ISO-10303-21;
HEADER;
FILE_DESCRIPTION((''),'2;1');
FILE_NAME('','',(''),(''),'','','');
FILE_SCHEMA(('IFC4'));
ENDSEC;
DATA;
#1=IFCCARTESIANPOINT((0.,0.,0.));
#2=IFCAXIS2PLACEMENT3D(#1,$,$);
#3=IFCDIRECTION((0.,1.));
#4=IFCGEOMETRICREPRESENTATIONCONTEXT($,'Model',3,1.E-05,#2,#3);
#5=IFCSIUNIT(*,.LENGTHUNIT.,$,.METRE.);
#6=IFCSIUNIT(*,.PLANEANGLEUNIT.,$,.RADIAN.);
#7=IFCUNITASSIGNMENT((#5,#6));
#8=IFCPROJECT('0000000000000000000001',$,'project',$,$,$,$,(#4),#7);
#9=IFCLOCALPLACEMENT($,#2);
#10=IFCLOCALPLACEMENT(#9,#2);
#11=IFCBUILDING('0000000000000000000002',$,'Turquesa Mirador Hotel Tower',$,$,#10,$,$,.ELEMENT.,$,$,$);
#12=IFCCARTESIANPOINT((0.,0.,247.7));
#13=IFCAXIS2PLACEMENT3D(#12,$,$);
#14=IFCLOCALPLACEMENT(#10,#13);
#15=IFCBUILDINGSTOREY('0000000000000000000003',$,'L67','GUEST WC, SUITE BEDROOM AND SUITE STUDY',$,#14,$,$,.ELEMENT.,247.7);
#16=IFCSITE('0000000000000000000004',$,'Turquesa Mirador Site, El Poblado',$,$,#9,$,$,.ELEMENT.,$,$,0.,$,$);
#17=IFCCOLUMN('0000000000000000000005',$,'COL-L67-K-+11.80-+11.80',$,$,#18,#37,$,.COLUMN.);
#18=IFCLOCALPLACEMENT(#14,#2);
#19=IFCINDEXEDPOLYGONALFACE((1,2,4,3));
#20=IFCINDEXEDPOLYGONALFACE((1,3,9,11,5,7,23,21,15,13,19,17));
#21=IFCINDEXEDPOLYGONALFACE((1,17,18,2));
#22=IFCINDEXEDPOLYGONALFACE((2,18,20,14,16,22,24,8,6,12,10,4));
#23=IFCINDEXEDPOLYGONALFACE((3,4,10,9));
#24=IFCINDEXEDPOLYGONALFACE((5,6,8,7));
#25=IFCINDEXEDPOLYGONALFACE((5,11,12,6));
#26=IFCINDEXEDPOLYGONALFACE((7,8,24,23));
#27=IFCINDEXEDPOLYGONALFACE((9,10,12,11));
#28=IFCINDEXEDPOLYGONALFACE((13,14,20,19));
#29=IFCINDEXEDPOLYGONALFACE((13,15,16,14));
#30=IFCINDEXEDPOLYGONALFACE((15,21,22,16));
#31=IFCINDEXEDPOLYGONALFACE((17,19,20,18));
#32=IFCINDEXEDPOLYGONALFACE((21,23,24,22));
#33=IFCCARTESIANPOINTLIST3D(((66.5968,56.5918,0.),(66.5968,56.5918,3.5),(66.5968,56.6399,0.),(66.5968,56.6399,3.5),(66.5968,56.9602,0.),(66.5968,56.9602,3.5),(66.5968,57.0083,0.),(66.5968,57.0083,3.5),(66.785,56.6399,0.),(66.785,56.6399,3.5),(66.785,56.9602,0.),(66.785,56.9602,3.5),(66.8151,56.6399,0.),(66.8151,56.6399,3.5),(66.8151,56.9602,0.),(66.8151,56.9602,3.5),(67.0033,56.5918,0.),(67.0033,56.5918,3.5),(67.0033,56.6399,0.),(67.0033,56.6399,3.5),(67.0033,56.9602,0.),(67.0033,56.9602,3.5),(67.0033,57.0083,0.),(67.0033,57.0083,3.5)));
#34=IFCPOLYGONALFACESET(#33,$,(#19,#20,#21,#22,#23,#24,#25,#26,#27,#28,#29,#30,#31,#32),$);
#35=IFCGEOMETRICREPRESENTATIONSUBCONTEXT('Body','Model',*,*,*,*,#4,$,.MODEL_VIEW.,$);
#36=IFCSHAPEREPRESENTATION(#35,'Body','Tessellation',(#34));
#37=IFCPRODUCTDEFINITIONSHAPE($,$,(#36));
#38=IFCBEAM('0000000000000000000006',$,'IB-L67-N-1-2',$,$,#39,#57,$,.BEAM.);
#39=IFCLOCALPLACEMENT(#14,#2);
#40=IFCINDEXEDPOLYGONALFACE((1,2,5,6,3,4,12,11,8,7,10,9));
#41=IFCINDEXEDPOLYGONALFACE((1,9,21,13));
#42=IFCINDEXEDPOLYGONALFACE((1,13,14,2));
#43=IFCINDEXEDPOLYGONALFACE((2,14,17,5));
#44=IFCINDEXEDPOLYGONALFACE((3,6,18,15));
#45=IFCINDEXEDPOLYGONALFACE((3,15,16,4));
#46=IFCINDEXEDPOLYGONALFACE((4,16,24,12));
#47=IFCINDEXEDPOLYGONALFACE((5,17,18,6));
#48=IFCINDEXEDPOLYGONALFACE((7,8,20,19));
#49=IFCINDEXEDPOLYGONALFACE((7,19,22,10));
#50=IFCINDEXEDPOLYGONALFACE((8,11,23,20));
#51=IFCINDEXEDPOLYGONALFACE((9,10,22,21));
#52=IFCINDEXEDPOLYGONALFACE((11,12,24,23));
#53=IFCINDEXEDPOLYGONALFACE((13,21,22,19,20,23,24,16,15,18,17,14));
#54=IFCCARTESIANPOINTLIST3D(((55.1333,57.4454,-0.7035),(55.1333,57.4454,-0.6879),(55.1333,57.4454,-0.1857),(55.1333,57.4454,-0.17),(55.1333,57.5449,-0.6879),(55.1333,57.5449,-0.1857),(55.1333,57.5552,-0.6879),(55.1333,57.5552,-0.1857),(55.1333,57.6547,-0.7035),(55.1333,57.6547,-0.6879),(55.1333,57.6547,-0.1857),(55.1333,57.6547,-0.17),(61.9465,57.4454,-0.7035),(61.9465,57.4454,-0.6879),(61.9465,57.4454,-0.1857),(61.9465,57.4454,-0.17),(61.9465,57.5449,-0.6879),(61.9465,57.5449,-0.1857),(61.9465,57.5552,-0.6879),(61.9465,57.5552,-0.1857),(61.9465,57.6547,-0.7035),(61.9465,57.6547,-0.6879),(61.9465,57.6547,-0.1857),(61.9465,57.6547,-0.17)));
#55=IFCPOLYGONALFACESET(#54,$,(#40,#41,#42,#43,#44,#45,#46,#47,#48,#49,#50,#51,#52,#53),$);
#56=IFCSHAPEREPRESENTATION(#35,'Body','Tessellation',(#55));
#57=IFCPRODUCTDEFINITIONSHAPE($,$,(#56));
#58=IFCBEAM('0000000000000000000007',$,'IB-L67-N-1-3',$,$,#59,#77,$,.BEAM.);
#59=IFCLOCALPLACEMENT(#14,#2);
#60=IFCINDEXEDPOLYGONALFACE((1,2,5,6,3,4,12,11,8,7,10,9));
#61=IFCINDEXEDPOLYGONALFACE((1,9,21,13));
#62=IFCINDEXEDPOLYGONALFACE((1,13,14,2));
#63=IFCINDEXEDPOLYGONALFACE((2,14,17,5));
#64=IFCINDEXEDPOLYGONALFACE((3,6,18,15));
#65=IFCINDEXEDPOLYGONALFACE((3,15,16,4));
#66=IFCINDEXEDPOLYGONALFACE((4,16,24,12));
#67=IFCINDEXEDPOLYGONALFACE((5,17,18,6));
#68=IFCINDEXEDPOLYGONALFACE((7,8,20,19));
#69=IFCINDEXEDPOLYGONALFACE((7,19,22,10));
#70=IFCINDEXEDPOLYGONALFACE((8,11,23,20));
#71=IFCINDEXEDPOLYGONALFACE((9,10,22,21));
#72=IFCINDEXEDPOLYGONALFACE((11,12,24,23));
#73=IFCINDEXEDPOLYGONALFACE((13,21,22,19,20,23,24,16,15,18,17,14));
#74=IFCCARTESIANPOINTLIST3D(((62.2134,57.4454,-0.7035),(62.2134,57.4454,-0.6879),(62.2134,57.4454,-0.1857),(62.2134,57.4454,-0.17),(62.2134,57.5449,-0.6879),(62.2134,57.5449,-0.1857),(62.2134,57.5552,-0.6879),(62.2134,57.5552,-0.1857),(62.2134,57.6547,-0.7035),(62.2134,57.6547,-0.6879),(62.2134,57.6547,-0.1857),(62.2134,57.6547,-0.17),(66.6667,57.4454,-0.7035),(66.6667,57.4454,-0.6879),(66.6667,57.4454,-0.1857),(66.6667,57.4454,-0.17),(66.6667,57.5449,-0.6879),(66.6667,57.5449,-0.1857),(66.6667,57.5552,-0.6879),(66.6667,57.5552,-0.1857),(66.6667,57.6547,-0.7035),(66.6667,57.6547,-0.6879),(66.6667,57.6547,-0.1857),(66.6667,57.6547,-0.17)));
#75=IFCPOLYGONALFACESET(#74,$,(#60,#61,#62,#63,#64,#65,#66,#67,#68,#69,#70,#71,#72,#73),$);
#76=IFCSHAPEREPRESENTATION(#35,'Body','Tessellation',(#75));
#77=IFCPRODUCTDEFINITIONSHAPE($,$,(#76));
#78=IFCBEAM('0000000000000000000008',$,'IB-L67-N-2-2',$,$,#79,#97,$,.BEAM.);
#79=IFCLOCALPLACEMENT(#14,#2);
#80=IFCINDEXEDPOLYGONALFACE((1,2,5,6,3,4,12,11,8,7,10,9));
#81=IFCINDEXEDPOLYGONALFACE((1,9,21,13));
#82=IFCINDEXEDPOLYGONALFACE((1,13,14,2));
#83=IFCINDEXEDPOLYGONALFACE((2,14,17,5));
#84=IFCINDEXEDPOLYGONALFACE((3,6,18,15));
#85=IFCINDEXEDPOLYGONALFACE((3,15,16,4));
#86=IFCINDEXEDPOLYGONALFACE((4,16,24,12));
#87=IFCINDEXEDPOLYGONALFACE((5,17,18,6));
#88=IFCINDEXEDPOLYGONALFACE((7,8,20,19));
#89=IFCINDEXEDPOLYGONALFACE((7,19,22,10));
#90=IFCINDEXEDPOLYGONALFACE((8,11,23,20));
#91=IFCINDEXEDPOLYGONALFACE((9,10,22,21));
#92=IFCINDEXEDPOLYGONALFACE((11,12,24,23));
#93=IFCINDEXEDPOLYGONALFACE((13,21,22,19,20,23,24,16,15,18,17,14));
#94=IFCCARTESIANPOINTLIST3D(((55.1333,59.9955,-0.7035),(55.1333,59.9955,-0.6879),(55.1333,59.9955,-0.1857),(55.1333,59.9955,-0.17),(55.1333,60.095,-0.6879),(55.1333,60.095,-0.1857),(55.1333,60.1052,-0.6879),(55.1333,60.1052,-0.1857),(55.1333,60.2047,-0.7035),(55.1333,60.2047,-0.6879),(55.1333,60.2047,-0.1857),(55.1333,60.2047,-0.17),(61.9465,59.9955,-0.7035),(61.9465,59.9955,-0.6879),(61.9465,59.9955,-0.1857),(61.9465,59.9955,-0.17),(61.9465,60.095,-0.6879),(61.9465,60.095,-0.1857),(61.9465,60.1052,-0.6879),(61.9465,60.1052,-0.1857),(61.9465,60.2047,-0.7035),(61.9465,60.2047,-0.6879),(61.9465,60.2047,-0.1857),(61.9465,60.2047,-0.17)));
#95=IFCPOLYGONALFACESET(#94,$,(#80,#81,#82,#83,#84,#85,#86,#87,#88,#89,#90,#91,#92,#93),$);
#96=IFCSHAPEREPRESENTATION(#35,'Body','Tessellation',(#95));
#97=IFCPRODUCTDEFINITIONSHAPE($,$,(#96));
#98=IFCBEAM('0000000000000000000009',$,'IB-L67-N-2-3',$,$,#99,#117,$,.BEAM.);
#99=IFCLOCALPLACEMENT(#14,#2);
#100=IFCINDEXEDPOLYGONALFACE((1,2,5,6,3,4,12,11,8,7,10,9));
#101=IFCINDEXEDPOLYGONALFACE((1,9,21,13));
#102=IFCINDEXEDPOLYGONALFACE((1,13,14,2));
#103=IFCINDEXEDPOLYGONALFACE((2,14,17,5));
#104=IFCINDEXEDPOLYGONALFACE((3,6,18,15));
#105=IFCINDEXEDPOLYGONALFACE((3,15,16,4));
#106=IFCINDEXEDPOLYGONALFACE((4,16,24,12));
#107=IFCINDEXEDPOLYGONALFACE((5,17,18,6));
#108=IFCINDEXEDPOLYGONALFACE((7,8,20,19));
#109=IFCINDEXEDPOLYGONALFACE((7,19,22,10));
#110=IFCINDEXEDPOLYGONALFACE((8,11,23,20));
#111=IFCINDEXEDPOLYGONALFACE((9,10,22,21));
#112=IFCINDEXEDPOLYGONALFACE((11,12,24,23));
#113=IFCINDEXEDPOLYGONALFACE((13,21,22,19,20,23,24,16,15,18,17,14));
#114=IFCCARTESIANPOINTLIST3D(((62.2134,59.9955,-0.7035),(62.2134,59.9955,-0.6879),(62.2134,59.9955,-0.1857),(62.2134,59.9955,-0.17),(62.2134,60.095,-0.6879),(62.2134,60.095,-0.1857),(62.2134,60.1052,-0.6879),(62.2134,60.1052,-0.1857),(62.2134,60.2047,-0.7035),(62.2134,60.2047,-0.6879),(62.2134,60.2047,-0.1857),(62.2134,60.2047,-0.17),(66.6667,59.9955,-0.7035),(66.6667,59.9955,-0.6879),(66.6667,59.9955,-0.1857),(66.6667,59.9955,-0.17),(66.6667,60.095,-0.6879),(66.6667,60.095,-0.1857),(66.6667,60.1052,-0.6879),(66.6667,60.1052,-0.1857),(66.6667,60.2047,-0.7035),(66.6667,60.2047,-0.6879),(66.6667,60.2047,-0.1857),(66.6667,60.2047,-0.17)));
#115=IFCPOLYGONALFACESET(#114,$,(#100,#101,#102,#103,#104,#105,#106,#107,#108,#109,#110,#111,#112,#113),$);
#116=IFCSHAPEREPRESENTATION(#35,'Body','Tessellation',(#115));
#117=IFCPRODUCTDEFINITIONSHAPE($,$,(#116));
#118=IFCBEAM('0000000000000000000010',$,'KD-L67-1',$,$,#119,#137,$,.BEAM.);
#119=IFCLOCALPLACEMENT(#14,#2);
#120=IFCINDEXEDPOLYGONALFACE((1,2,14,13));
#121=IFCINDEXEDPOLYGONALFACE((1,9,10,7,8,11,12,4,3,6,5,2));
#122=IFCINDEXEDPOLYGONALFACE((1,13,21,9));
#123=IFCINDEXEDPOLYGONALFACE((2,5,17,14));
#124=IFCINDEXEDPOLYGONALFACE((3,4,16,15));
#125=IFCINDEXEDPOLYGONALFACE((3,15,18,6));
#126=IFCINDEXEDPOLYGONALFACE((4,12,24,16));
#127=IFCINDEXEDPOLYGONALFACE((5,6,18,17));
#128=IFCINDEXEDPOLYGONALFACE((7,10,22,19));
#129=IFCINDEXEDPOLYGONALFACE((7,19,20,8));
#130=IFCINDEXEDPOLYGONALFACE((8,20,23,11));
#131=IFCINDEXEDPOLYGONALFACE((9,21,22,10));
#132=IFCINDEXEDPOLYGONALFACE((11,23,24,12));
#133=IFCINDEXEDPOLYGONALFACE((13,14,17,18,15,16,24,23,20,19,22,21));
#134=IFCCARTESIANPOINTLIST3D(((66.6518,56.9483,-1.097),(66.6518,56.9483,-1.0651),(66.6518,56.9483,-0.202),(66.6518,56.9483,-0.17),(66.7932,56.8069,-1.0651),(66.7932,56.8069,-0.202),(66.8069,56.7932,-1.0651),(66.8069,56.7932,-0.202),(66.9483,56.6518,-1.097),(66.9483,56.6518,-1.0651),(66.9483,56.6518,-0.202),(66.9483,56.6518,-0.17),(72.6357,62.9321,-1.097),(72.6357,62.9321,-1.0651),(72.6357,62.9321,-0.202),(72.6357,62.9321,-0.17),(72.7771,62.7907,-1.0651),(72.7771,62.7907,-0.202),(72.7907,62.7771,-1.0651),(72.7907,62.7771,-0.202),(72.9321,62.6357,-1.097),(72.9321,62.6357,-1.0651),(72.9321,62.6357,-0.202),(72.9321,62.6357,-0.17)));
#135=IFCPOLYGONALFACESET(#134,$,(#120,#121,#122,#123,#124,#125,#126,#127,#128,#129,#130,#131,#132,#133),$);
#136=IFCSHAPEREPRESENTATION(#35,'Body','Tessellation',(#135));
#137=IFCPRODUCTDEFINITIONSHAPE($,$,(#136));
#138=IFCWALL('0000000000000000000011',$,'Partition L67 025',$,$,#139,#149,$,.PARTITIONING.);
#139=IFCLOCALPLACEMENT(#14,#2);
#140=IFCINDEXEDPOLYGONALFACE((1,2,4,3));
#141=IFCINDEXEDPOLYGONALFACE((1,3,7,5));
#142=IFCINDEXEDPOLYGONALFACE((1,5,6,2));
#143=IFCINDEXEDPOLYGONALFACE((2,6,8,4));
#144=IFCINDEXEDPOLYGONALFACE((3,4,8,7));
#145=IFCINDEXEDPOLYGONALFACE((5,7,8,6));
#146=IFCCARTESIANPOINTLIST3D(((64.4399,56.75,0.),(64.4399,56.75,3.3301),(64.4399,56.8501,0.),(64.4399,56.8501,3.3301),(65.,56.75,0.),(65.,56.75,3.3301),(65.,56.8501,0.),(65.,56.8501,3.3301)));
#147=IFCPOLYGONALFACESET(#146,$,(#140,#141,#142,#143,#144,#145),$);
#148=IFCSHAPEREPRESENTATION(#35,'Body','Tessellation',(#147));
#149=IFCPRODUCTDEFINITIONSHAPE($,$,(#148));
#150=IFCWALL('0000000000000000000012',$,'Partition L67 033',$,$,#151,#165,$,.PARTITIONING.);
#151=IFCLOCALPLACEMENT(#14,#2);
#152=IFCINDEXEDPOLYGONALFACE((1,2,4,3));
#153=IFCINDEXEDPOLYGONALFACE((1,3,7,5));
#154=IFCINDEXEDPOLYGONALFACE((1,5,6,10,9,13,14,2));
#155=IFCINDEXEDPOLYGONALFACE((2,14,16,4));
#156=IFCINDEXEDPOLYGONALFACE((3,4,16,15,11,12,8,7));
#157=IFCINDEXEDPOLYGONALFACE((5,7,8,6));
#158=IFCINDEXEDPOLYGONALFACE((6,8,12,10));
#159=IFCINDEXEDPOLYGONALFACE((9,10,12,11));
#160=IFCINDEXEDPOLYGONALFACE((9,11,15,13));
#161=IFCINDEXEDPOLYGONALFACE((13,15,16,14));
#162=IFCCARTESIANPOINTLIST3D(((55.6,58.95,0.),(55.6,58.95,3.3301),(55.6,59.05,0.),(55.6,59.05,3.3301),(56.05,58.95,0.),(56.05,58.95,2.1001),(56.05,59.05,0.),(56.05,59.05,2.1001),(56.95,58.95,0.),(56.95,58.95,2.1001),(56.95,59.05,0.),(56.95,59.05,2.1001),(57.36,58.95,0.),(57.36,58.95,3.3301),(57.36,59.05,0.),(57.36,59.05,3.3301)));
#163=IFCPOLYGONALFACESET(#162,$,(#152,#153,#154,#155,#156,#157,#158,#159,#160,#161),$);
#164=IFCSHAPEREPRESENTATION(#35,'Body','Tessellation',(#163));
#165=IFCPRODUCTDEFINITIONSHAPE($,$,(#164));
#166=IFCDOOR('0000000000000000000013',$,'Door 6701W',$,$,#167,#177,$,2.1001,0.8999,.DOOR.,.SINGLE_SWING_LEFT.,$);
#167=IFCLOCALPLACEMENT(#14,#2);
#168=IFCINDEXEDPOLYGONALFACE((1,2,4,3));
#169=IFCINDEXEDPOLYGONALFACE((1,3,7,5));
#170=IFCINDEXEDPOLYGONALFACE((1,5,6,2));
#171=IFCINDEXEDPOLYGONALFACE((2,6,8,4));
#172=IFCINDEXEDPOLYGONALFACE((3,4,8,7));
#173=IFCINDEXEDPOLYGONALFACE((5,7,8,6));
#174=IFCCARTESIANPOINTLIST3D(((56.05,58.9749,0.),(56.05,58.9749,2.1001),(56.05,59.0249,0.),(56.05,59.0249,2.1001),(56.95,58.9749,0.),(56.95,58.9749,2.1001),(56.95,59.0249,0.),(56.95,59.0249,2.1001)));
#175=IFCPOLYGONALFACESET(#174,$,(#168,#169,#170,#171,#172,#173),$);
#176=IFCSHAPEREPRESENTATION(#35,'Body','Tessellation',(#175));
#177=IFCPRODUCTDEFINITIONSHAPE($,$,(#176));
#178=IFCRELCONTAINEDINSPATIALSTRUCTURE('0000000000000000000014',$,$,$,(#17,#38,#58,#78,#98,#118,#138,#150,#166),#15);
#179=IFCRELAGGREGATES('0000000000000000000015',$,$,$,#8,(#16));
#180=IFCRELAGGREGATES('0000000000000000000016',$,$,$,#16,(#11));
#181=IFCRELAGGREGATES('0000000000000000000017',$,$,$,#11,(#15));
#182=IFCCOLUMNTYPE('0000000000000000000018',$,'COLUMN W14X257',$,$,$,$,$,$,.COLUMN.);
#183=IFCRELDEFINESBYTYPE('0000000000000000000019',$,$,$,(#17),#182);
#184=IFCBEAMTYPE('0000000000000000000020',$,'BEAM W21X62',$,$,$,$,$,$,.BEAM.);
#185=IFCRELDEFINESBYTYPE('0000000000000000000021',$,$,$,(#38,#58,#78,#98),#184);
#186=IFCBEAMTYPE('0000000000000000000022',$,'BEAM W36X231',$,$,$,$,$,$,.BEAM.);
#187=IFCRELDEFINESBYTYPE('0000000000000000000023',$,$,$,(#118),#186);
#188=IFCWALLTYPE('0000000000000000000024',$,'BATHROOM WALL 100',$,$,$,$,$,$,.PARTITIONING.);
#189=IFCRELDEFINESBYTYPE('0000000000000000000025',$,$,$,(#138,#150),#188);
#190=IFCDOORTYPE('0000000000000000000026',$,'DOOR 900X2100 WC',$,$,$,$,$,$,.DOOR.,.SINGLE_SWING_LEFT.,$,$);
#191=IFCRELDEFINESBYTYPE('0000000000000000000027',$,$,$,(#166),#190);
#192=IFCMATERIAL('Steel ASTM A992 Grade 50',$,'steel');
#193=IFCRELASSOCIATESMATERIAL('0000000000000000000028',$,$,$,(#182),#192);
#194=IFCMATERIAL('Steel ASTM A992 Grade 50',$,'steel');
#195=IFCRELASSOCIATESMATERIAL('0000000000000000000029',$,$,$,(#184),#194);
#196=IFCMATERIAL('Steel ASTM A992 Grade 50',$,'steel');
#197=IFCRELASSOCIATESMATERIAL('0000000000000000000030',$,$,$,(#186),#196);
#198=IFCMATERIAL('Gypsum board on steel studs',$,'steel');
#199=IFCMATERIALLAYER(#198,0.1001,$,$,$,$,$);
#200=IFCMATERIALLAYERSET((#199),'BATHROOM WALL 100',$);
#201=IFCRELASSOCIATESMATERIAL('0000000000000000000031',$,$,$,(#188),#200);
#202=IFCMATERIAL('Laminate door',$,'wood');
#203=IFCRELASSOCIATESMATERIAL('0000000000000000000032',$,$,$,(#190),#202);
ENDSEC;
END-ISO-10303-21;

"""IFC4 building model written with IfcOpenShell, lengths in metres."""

from ifc_helpers import new_model, si_unit, direction, frame, frame_2d, origin, origin_2d, place, context, subcontext, project, spatial, rectangle, i_section, extrude, material, layer, layer_set, material_profile, profile_set, type_object, element, fill, save


model = new_model("IFC4")

# Units and contexts
model_context = context("Model", 3, precision=1e-05, world=origin(), true_north=direction((0.0, 1.0)))
body_context = subcontext(model_context, "Body", "Model", "MODEL_VIEW")
ifc_project = project(units=[si_unit("LENGTHUNIT", "METRE"), si_unit("PLANEANGLEUNIT", "RADIAN")], contexts=[model_context])

# Site, building, storey
site_placement = place(None, origin())
site = spatial("IfcSite", under=ifc_project, at=site_placement, Name="Turquesa Mirador Site, El Poblado", CompositionType="ELEMENT", RefElevation=0.0)
building_placement = place(site_placement, origin())
building = spatial("IfcBuilding", under=site, at=building_placement, Name="Turquesa Mirador Hotel Tower", CompositionType="ELEMENT")
storey_placement = place(building_placement, frame((0.0, 0.0, 247.7)))
storey = spatial("IfcBuildingStorey", under=building, at=storey_placement, Name="L67", Description="GUEST WC, SUITE BEDROOM AND SUITE STUDY", CompositionType="ELEMENT", Elevation=247.7)

# Column
ifc_material_1 = material(Name="Steel ASTM A992 Grade 50", Category="steel")
ifc_material_profile_1 = material_profile(ifc_material_1, i_section(OverallWidth=0.4065, OverallDepth=0.4165, WebThickness=0.03, FlangeThickness=0.0481, at=origin_2d()), Name="W14X257")
ifc_profile_set_1 = profile_set([ifc_material_profile_1], Name="Steel ASTM A992 Grade 50")
column_type = type_object("IfcColumnType", Name="COLUMN W14X257", PredefinedType="COLUMN", material=ifc_profile_set_1)
column_placement = place(storey_placement, frame((66.8, 56.8, 0.0), z_axis=(0.0, 0.0, 1.0), x_axis=(1.0, 0.0, 0.0)))
element("IfcColumn", 1, at=column_placement, inside=storey, type_object=column_type, Name="COL-L67-K-+11.80-+11.80", PredefinedType="COLUMN", context=body_context, shape_type="SweptSolid", body=[
    extrude(i_section(OverallWidth=0.4065, OverallDepth=0.4165, WebThickness=0.03, FlangeThickness=0.0481, at=origin_2d()), origin(), (0.0, 0.0, 1.0), 3.5),
])

# Beams
ifc_material_2 = material(Name="Steel ASTM A992 Grade 50", Category="steel")
ifc_material_profile_2 = material_profile(ifc_material_2, i_section(OverallWidth=0.2092, OverallDepth=0.5334, WebThickness=0.0103, FlangeThickness=0.0156, at=origin_2d()), Name="W21X62")
ifc_profile_set_2 = profile_set([ifc_material_profile_2], Name="Steel ASTM A992 Grade 50")
beam_type_1 = type_object("IfcBeamType", Name="BEAM W21X62", PredefinedType="BEAM", material=ifc_profile_set_2)
beam_1_placement = place(storey_placement, frame((55.1333, 57.55, -0.4368), z_axis=(1.0, 0.0, 0.0), x_axis=(0.0, 1.0, 0.0)))
element("IfcBeam", 2, at=beam_1_placement, inside=storey, type_object=beam_type_1, Name="IB-L67-N-1-2", PredefinedType="BEAM", context=body_context, shape_type="SweptSolid", body=[
    extrude(i_section(OverallWidth=0.2092, OverallDepth=0.5334, WebThickness=0.0103, FlangeThickness=0.0156, at=origin_2d()), origin(), (0.0, 0.0, 1.0), 6.8132),
])
beam_2_placement = place(storey_placement, frame((62.2134, 57.55, -0.4368), z_axis=(1.0, 0.0, 0.0), x_axis=(0.0, 1.0, 0.0)))
element("IfcBeam", 3, at=beam_2_placement, inside=storey, type_object=beam_type_1, Name="IB-L67-N-1-3", PredefinedType="BEAM", context=body_context, shape_type="SweptSolid", body=[
    extrude(i_section(OverallWidth=0.2092, OverallDepth=0.5334, WebThickness=0.0103, FlangeThickness=0.0156, at=origin_2d()), origin(), (0.0, 0.0, 1.0), 4.4534),
])
beam_3_placement = place(storey_placement, frame((55.1333, 60.1001, -0.4368), z_axis=(1.0, 0.0, 0.0), x_axis=(0.0, 1.0, 0.0)))
element("IfcBeam", 4, at=beam_3_placement, inside=storey, type_object=beam_type_1, Name="IB-L67-N-2-2", PredefinedType="BEAM", context=body_context, shape_type="SweptSolid", body=[
    extrude(i_section(OverallWidth=0.2092, OverallDepth=0.5334, WebThickness=0.0103, FlangeThickness=0.0156, at=origin_2d()), origin(), (0.0, 0.0, 1.0), 6.8132),
])
beam_4_placement = place(storey_placement, frame((62.2134, 60.1001, -0.4368), z_axis=(1.0, 0.0, 0.0), x_axis=(0.0, 1.0, 0.0)))
element("IfcBeam", 5, at=beam_4_placement, inside=storey, type_object=beam_type_1, Name="IB-L67-N-2-3", PredefinedType="BEAM", context=body_context, shape_type="SweptSolid", body=[
    extrude(i_section(OverallWidth=0.2092, OverallDepth=0.5334, WebThickness=0.0103, FlangeThickness=0.0156, at=origin_2d()), origin(), (0.0, 0.0, 1.0), 4.4534),
])
ifc_material_3 = material(Name="Steel ASTM A992 Grade 50", Category="steel")
ifc_material_profile_3 = material_profile(ifc_material_3, i_section(OverallWidth=0.4192, OverallDepth=0.927, WebThickness=0.0193, FlangeThickness=0.032, at=origin_2d()), Name="W36X231")
ifc_profile_set_3 = profile_set([ifc_material_profile_3], Name="Steel ASTM A992 Grade 50")
beam_type_2 = type_object("IfcBeamType", Name="BEAM W36X231", PredefinedType="BEAM", material=ifc_profile_set_3)
beam_5_placement = place(storey_placement, frame((66.8, 56.8, -0.6335), z_axis=(0.707107, 0.707107, 0.0), x_axis=(-0.707107, 0.707107, 0.0)))
element("IfcBeam", 6, at=beam_5_placement, inside=storey, type_object=beam_type_2, Name="KD-L67-1", PredefinedType="BEAM", context=body_context, shape_type="SweptSolid", body=[
    extrude(i_section(OverallWidth=0.4192, OverallDepth=0.927, WebThickness=0.0193, FlangeThickness=0.032, at=origin_2d()), origin(), (0.0, 0.0, 1.0), 8.4624),
])

# Wall
ifc_material_4 = material(Name="Gypsum board on steel studs", Category="steel")
ifc_layer_1 = layer(ifc_material_4, 0.1001)
ifc_layer_set_1 = layer_set([ifc_layer_1], Name="BATHROOM WALL 100")
wall_type_1 = type_object("IfcWallType", Name="BATHROOM WALL 100", PredefinedType="PARTITIONING", material=ifc_layer_set_1)
wall_1_placement = place(storey_placement, frame((64.4399, 56.8, 0.0), z_axis=(0.0, 0.0, 1.0), x_axis=(1.0, 0.0, 0.0)))
element("IfcWall", 7, at=wall_1_placement, inside=storey, type_object=wall_type_1, Name="Partition L67 025", PredefinedType="PARTITIONING", context=body_context, shape_type="SweptSolid", body=[
    extrude(rectangle(XDim=0.5601, YDim=0.1001, at=frame_2d((0.28, 0.0))), origin(), (0.0, 0.0, 1.0), 3.3301),
])

# Wall, opening, door
wall_2_placement = place(storey_placement, frame((55.6001, 59.0, 0.0), z_axis=(0.0, 0.0, 1.0), x_axis=(1.0, 0.0, 0.0)))
wall_2 = element("IfcWall", 8, at=wall_2_placement, inside=storey, type_object=wall_type_1, Name="Partition L67 033", PredefinedType="PARTITIONING", context=body_context, shape_type="SweptSolid", body=[
    extrude(rectangle(XDim=1.76, YDim=0.1001, at=frame_2d((0.8799, 0.0))), origin(), (0.0, 0.0, 1.0), 3.3301),
])
opening_1_placement = place(wall_2_placement, frame((0.45, 0.0, 0.0)))
opening_1 = element("IfcOpeningElement", 9, at=opening_1_placement, cuts=wall_2, PredefinedType="OPENING", context=body_context, shape_type="SweptSolid", body=[
    extrude(rectangle(XDim=0.8999, YDim=2.1001, at=frame_2d((0.45, 1.05))), frame((0.0, 0.0601, 0.0), z_axis=(0.0, -1.0, 0.0), x_axis=(1.0, 0.0, 0.0)), (0.0, 0.0, 1.0), 0.1201),
])
ifc_material_5 = material(Name="Laminate door", Category="wood")
door_type_1 = type_object("IfcDoorType", Name="DOOR 900X2100 WC", OperationType="SINGLE_SWING_LEFT", PredefinedType="DOOR", material=ifc_material_5)
door_1_placement = place(opening_1_placement, origin())
door_1 = element("IfcDoor", 10, at=door_1_placement, inside=storey, type_object=door_type_1, Name="Door 6701W", OperationType="SINGLE_SWING_LEFT", OverallHeight=2.1001, OverallWidth=0.8999, PredefinedType="DOOR", context=body_context, shape_type="SweptSolid", body=[
    extrude(rectangle(XDim=0.8999, YDim=2.1001, at=frame_2d((0.45, 1.05))), frame((0.0, 0.0249, 0.0), z_axis=(0.0, -1.0, 0.0), x_axis=(1.0, 0.0, 0.0)), (0.0, 0.0, 1.0), 0.05),
])
fill(opening_1, door_1)

save(model, "model.ifc")
